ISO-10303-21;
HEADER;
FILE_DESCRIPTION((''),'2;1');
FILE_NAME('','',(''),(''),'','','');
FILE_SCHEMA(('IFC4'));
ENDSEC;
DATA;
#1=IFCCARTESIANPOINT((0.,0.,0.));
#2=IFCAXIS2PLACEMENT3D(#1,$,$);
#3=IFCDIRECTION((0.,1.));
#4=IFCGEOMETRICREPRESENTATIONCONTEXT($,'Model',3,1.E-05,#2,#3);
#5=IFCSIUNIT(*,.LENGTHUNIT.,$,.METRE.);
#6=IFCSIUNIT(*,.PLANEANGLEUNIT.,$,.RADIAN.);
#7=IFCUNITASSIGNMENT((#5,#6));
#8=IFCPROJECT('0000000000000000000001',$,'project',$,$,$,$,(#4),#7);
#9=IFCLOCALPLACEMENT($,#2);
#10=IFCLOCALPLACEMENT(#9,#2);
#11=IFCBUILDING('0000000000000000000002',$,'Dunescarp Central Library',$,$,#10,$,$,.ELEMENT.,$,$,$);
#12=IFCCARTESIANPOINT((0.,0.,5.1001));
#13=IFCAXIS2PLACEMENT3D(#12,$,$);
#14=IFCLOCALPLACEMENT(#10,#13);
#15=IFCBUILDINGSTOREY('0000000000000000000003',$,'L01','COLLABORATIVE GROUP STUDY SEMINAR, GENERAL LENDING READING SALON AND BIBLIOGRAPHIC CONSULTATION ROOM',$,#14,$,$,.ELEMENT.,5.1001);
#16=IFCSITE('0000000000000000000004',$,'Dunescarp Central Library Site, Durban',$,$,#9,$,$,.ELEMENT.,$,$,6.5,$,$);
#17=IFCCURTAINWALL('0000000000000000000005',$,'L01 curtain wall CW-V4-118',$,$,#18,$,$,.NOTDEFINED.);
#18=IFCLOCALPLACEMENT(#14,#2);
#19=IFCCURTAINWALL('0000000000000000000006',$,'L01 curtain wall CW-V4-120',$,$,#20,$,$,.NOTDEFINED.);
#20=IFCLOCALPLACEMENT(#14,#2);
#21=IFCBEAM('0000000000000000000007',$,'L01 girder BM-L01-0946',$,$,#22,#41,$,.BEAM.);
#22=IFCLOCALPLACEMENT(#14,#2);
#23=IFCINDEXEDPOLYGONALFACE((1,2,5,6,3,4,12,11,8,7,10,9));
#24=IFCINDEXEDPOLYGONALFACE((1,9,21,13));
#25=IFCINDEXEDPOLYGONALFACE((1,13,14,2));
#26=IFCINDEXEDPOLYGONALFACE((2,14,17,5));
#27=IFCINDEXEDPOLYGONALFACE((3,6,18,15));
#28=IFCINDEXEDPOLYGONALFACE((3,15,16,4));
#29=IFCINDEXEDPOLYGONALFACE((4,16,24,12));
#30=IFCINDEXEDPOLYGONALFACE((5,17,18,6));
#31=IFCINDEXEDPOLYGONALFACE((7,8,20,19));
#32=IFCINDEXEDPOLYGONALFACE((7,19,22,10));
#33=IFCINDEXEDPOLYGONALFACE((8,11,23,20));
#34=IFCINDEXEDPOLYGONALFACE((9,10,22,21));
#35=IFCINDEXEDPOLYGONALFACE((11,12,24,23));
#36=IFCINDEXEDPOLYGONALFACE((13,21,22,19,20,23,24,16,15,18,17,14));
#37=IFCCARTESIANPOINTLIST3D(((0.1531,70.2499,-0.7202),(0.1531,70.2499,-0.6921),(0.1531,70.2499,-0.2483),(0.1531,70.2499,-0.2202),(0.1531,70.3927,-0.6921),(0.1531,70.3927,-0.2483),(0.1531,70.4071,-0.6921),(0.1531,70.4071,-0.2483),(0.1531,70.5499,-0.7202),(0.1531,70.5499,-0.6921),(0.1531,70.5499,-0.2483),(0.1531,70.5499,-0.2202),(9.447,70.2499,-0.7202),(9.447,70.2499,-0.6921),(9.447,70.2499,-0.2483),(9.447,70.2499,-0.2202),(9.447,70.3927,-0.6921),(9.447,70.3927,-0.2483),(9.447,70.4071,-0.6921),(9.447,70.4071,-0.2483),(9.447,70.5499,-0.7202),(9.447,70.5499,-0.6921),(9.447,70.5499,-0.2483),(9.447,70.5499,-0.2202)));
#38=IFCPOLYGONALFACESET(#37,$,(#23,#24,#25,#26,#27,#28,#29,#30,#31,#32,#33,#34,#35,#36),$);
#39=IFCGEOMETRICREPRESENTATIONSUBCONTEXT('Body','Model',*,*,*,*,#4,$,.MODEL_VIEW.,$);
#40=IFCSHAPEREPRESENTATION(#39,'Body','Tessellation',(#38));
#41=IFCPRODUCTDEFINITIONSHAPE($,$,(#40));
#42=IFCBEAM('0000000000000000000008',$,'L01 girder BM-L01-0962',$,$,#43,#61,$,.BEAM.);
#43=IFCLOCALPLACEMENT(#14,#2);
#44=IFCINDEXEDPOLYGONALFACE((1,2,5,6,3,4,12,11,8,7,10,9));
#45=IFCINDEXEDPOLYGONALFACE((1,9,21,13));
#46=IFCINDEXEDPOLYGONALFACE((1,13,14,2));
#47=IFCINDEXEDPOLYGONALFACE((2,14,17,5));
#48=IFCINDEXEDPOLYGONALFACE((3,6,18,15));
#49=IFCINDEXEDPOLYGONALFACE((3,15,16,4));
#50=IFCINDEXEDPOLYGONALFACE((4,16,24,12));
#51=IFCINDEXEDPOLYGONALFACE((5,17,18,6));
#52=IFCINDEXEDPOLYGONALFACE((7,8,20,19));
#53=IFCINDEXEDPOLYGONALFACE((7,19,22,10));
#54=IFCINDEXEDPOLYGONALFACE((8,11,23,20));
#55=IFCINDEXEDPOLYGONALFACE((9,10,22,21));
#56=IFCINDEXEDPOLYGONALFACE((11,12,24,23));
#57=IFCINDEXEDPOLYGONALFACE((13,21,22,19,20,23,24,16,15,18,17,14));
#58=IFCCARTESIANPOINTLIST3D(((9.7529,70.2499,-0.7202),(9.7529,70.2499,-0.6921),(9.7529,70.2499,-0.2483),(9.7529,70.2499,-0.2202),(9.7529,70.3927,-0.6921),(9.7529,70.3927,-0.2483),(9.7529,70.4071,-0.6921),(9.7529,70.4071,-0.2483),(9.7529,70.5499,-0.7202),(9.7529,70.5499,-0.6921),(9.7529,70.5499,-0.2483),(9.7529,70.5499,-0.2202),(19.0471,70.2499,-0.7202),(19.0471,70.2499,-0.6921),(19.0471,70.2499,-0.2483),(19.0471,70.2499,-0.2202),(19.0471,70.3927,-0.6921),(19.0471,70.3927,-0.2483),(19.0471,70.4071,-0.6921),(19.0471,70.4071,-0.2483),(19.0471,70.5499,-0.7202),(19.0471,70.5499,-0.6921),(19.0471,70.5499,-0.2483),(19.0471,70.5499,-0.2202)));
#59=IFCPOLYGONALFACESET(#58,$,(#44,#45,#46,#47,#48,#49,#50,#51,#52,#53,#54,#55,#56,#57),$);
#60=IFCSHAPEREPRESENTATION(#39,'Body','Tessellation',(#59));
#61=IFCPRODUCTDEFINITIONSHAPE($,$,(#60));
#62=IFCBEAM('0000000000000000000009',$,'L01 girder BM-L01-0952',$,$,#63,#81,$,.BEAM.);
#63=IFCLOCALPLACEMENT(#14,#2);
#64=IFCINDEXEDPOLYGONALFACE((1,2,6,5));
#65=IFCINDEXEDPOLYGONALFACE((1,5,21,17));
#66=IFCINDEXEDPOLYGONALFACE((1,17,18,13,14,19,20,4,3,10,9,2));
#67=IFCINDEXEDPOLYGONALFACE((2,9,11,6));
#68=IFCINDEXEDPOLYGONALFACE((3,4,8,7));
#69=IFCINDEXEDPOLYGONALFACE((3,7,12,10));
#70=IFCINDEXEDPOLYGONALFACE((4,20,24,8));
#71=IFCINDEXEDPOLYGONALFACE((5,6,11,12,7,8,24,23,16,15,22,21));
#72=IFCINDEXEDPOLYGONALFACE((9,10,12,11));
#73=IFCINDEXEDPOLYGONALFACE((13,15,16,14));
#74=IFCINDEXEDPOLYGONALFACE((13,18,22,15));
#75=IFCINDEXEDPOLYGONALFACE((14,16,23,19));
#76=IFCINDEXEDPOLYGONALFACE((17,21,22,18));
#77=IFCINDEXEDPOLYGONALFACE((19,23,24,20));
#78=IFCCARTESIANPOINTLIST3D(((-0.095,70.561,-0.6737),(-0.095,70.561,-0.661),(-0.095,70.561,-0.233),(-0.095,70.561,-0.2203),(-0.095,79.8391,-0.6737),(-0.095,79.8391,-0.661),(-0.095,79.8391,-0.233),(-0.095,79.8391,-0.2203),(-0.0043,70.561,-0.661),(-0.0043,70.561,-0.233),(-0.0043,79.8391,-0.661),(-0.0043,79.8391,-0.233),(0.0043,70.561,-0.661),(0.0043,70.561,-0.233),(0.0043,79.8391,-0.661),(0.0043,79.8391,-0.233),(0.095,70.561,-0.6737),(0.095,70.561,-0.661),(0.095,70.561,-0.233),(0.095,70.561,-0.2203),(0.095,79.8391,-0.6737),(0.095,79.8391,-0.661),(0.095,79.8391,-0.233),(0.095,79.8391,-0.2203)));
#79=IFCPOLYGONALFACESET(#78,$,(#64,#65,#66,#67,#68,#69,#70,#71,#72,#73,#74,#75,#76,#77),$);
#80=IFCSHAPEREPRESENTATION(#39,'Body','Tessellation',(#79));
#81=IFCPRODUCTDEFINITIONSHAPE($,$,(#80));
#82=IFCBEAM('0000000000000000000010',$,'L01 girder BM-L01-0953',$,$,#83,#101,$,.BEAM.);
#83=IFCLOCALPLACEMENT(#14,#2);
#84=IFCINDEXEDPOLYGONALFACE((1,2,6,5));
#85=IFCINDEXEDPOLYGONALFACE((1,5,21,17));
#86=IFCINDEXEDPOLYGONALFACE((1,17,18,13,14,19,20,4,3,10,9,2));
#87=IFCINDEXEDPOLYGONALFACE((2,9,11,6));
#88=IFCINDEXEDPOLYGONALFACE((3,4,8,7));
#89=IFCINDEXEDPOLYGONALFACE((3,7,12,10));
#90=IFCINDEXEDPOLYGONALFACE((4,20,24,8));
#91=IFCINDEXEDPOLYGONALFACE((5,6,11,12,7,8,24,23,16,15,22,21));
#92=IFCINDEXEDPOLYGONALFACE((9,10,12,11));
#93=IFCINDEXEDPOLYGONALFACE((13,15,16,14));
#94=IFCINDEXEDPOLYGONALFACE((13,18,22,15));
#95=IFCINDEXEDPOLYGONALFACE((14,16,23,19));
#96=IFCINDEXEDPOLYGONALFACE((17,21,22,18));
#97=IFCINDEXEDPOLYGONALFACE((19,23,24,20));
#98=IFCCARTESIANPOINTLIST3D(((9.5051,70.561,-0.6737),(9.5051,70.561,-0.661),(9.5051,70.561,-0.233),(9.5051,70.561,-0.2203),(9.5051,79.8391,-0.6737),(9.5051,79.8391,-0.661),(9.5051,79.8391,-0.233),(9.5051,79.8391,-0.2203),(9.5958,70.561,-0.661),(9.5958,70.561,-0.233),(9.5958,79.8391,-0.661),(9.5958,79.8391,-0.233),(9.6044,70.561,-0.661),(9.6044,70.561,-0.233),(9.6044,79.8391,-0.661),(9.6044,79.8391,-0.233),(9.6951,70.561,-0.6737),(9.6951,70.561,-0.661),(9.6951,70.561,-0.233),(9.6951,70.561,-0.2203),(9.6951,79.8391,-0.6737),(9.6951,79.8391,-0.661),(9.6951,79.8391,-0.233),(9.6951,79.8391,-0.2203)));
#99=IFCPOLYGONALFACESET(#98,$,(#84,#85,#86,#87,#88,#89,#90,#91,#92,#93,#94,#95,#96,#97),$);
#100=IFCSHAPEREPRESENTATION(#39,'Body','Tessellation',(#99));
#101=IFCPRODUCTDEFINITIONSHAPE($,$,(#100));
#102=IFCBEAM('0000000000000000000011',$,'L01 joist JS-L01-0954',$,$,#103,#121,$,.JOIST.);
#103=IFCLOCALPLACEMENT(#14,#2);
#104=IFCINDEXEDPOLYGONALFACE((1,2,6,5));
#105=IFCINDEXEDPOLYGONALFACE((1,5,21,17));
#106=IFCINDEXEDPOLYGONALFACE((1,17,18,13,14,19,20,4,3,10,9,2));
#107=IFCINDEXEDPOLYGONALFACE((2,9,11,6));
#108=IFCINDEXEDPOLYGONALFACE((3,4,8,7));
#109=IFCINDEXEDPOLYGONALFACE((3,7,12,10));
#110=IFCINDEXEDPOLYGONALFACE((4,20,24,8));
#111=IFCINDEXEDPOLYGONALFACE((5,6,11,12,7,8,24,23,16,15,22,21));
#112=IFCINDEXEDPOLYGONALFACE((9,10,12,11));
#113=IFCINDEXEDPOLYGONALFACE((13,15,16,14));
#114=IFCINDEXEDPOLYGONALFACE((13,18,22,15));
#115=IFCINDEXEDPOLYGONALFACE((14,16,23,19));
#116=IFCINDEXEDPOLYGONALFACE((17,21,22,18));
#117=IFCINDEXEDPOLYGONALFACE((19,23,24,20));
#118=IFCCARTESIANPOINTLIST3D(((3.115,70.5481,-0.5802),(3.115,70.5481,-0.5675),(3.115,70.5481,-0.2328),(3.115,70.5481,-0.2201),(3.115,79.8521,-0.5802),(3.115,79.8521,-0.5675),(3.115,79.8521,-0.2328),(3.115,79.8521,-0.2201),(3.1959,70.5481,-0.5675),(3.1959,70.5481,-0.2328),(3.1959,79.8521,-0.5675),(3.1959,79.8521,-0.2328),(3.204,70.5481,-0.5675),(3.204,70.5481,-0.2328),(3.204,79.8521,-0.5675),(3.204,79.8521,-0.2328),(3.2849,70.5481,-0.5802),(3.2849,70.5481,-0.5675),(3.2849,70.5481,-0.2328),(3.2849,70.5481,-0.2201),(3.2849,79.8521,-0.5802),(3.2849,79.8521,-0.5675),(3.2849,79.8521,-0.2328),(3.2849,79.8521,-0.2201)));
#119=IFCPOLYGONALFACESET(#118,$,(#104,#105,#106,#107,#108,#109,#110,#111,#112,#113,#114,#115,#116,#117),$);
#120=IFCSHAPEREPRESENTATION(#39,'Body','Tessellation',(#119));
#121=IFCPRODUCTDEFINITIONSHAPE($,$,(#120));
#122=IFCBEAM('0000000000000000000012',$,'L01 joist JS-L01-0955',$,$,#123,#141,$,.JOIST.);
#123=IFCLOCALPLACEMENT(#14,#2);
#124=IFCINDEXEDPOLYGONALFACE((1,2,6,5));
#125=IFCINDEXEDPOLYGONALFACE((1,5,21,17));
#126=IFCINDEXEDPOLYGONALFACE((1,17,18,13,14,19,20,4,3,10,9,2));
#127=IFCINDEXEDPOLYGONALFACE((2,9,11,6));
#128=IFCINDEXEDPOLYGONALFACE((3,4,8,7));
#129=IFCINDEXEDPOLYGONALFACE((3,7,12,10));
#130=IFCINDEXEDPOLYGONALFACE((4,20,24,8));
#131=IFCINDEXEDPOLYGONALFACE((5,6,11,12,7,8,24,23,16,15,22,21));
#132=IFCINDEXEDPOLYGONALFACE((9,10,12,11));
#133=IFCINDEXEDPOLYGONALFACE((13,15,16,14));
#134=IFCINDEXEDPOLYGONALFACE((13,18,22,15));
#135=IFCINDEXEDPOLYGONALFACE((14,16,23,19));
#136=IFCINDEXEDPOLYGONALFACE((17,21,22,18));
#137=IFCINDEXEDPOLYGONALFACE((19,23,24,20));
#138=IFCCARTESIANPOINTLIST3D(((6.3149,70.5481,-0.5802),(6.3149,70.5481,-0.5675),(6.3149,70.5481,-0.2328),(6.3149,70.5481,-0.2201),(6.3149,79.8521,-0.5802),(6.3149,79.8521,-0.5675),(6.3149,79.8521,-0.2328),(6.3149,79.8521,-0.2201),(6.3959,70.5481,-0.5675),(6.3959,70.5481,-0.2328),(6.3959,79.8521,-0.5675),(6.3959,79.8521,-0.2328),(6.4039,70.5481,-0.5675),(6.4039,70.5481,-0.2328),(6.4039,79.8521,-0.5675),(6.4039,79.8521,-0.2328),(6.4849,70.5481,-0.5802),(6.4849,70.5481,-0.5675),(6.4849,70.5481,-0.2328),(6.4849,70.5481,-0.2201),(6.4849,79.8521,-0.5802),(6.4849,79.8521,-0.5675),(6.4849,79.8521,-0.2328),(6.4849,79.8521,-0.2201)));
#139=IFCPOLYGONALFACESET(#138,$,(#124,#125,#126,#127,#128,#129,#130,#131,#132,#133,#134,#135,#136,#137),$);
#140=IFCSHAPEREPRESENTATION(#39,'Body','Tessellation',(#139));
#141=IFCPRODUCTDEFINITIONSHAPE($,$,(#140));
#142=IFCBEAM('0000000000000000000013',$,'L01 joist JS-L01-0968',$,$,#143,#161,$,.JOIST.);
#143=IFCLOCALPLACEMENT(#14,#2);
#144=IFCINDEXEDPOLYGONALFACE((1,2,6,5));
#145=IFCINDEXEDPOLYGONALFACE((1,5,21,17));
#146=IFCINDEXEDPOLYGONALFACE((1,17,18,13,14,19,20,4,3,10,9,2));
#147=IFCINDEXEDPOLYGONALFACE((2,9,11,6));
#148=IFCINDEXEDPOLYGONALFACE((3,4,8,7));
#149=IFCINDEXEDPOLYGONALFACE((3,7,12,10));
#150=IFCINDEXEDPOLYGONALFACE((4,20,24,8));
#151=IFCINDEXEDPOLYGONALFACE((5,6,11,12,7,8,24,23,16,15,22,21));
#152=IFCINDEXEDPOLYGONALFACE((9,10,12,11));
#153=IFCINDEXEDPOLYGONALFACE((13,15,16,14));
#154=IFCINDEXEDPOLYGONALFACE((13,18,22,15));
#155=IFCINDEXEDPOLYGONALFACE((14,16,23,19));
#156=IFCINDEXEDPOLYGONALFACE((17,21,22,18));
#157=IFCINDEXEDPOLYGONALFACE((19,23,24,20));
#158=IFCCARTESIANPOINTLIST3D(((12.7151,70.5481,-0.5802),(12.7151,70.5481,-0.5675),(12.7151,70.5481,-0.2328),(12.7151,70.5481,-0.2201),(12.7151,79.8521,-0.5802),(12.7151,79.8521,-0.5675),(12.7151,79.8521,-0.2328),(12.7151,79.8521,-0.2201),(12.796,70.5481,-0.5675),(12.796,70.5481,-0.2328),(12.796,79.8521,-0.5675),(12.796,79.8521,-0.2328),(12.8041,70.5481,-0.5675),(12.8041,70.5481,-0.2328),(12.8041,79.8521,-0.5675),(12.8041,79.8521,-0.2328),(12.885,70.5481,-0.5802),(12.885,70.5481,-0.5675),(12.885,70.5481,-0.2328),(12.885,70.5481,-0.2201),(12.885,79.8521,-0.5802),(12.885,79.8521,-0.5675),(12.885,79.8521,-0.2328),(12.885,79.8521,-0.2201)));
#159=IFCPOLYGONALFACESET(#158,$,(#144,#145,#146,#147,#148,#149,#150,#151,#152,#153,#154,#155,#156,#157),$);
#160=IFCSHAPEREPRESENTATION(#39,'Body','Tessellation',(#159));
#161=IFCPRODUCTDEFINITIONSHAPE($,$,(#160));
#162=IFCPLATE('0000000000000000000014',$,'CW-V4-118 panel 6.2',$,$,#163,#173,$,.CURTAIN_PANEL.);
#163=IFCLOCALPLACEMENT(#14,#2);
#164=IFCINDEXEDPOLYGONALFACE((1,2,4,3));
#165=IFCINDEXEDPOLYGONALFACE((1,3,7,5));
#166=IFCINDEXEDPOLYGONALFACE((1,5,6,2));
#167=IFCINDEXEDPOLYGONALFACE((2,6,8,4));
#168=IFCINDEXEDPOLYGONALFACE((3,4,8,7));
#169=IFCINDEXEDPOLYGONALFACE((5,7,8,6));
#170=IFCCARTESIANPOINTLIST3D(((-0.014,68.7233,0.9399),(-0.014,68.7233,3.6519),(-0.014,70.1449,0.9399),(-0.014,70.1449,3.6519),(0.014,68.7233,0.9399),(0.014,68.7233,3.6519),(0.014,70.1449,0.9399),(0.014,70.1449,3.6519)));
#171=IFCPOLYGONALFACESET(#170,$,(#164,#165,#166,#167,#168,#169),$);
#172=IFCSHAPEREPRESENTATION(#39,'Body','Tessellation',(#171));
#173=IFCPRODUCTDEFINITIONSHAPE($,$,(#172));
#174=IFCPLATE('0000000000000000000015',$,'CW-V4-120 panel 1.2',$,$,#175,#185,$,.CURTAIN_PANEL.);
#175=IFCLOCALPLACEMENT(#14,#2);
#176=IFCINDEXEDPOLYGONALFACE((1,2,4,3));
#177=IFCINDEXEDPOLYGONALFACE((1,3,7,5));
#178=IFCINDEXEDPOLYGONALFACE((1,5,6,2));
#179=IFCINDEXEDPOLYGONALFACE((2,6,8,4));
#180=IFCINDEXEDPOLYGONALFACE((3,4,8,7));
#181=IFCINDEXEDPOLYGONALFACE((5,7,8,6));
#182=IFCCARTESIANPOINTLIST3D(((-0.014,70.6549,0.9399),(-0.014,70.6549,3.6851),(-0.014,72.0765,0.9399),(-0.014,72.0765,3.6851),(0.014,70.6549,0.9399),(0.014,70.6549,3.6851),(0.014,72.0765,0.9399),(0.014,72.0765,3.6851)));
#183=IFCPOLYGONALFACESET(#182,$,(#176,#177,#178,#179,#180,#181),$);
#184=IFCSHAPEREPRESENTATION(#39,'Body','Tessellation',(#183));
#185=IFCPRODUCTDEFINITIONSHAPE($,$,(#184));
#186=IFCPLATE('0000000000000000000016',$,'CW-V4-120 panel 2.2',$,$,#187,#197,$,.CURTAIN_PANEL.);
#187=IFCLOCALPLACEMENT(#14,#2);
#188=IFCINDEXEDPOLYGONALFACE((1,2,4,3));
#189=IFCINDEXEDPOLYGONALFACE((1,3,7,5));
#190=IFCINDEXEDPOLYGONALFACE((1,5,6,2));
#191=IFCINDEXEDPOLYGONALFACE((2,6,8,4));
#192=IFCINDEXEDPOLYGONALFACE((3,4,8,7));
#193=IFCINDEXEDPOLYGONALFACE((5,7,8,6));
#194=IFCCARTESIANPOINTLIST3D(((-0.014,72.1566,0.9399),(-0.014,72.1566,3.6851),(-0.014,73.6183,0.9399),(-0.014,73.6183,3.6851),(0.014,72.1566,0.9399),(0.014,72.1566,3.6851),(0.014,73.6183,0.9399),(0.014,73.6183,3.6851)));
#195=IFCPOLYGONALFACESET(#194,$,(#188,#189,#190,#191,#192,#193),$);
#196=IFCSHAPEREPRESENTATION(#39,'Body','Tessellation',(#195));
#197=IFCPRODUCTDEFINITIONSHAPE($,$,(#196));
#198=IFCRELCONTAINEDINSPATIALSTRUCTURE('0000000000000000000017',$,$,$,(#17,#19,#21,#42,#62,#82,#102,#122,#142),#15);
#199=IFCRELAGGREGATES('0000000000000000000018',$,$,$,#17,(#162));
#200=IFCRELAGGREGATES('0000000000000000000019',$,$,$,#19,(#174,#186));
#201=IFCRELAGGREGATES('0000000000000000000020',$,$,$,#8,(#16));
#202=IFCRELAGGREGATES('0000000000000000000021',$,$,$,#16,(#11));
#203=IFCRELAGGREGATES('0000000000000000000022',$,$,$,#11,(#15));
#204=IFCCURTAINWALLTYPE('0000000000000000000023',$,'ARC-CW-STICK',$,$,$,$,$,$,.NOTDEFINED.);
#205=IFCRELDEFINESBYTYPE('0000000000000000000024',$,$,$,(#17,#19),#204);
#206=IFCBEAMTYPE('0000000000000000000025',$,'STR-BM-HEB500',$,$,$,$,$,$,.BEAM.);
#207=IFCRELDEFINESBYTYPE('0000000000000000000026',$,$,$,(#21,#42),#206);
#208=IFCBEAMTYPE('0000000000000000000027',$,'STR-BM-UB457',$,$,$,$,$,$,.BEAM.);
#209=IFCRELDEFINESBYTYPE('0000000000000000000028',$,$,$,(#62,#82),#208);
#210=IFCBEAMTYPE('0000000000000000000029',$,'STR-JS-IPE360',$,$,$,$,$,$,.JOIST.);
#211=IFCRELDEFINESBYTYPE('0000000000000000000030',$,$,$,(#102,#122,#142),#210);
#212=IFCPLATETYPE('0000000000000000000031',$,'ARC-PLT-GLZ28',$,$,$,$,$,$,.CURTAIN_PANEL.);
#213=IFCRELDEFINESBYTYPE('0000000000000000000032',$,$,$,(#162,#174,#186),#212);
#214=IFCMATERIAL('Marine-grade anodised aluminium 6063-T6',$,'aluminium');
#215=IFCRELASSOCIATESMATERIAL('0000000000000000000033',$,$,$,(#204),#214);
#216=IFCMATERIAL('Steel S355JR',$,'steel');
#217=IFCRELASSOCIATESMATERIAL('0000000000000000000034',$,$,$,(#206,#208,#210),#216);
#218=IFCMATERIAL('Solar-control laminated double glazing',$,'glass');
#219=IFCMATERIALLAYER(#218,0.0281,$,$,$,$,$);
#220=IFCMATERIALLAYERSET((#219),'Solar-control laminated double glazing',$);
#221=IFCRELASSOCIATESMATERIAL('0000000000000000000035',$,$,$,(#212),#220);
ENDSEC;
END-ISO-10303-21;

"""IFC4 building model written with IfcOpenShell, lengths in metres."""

from ifc_helpers import new_model, si_unit, direction, frame, origin, origin_2d, place, context, subcontext, project, spatial, rectangle, i_section, extrude, material, layer, layer_set, material_profile, profile_set, type_object, element, aggregate, save


model = new_model("IFC4")

# Units and contexts
model_context = context("Model", 3, precision=1e-05, world=origin(), true_north=direction((0.0, 1.0)))
body_context = subcontext(model_context, "Body", "Model", "MODEL_VIEW")
ifc_project = project(units=[si_unit("LENGTHUNIT", "METRE"), si_unit("PLANEANGLEUNIT", "RADIAN")], contexts=[model_context])

# Site, building, storey
site_placement = place(None, origin())
site = spatial("IfcSite", under=ifc_project, at=site_placement, Name="Dunescarp Central Library Site, Durban", CompositionType="ELEMENT", RefElevation=6.5)
building_placement = place(site_placement, origin())
building = spatial("IfcBuilding", under=site, at=building_placement, Name="Dunescarp Central Library", CompositionType="ELEMENT")
storey_placement = place(building_placement, frame((0.0, 0.0, 5.1001)))
storey = spatial("IfcBuildingStorey", under=building, at=storey_placement, Name="L01", Description="COLLABORATIVE GROUP STUDY SEMINAR, GENERAL LENDING READING SALON AND BIBLIOGRAPHIC CONSULTATION ROOM", CompositionType="ELEMENT", Elevation=5.1001)

# Shared definitions
ifc_material_1 = material(Name="Steel S355JR", Category="steel")

# Curtain wall
ifc_material_2 = material(Name="Marine-grade anodised aluminium 6063-T6", Category="aluminium")
curtain_wall_type = type_object("IfcCurtainWallType", Name="ARC-CW-STICK", PredefinedType="NOTDEFINED", material=ifc_material_2)
curtain_wall_1_placement = place(storey_placement, origin())
curtain_wall_1 = element("IfcCurtainWall", 1, at=curtain_wall_1_placement, inside=storey, type_object=curtain_wall_type, Name="L01 curtain wall CW-V4-118", PredefinedType="NOTDEFINED")

# Curtain wall
curtain_wall_2_placement = place(storey_placement, origin())
curtain_wall_2 = element("IfcCurtainWall", 2, at=curtain_wall_2_placement, inside=storey, type_object=curtain_wall_type, Name="L01 curtain wall CW-V4-120", PredefinedType="NOTDEFINED")

# Beams
ifc_material_profile_1 = material_profile(ifc_material_1, i_section(OverallWidth=0.3, OverallDepth=0.5, WebThickness=0.0144, FlangeThickness=0.0281, at=origin_2d()), Name="HEB 500")
ifc_profile_set_1 = profile_set([ifc_material_profile_1], Name="Steel S355JR")
beam_type_1 = type_object("IfcBeamType", Name="STR-BM-HEB500", PredefinedType="BEAM", material=ifc_profile_set_1)
beam_1_placement = place(storey_placement, frame((0.1531, 70.3999, -0.4702), z_axis=(1.0, 0.0, 0.0), x_axis=(0.0, 1.0, 0.0)))
element("IfcBeam", 3, at=beam_1_placement, inside=storey, type_object=beam_type_1, Name="L01 girder BM-L01-0946", PredefinedType="BEAM", context=body_context, shape_type="SweptSolid", body=[
    extrude(i_section(OverallWidth=0.3, OverallDepth=0.5, WebThickness=0.0144, FlangeThickness=0.0281, at=origin_2d()), origin(), (0.0, 0.0, 1.0), 9.2939),
])
beam_2_placement = place(storey_placement, frame((9.7529, 70.3999, -0.4702), z_axis=(1.0, 0.0, 0.0), x_axis=(0.0, 1.0, 0.0)))
element("IfcBeam", 4, at=beam_2_placement, inside=storey, type_object=beam_type_1, Name="L01 girder BM-L01-0962", PredefinedType="BEAM", context=body_context, shape_type="SweptSolid", body=[
    extrude(i_section(OverallWidth=0.3, OverallDepth=0.5, WebThickness=0.0144, FlangeThickness=0.0281, at=origin_2d()), origin(), (0.0, 0.0, 1.0), 9.2942),
])
ifc_material_profile_2 = material_profile(ifc_material_1, i_section(OverallWidth=0.1899, OverallDepth=0.4534, WebThickness=0.0085, FlangeThickness=0.0127, at=origin_2d()), Name="UB 457x191x67")
ifc_profile_set_2 = profile_set([ifc_material_profile_2], Name="Steel S355JR")
beam_type_2 = type_object("IfcBeamType", Name="STR-BM-UB457", PredefinedType="BEAM", material=ifc_profile_set_2)
for number, where, z_axis, x_axis, name in (
    (5, (0.0, 70.561, -0.447), (0.0, 1.0, 0.0), (-1.0, 0.0, 0.0), "L01 girder BM-L01-0952"),
    (6, (9.6001, 70.561, -0.447), (0.0, 1.0, 0.0), (-1.0, 0.0, 0.0), "L01 girder BM-L01-0953"),
):
    element("IfcBeam", number, at=place(storey_placement, frame(where, z_axis=z_axis, x_axis=x_axis)), inside=storey, type_object=beam_type_2, Name=name, PredefinedType="BEAM", context=body_context, shape_type="SweptSolid", body=[
        extrude(i_section(OverallWidth=0.1899, OverallDepth=0.4534, WebThickness=0.0085, FlangeThickness=0.0127, at=origin_2d()), origin(), (0.0, 0.0, 1.0), 9.2781),
    ])
ifc_material_profile_3 = material_profile(ifc_material_1, i_section(OverallWidth=0.1699, OverallDepth=0.3601, WebThickness=0.0081, FlangeThickness=0.0127, at=origin_2d()), Name="IPE 360")
ifc_profile_set_3 = profile_set([ifc_material_profile_3], Name="Steel S355JR")
beam_type_3 = type_object("IfcBeamType", Name="STR-JS-IPE360", PredefinedType="JOIST", material=ifc_profile_set_3)
for number, where, z_axis, x_axis, name in (
    (7, (3.2, 70.5481, -0.4001), (0.0, 1.0, 0.0), (-1.0, 0.0, 0.0), "L01 joist JS-L01-0954"),
    (8, (6.3999, 70.5481, -0.4001), (0.0, 1.0, 0.0), (-1.0, 0.0, 0.0), "L01 joist JS-L01-0955"),
    (9, (12.8, 70.5481, -0.4001), (0.0, 1.0, 0.0), (-1.0, 0.0, 0.0), "L01 joist JS-L01-0968"),
):
    element("IfcBeam", number, at=place(storey_placement, frame(where, z_axis=z_axis, x_axis=x_axis)), inside=storey, type_object=beam_type_3, Name=name, PredefinedType="JOIST", context=body_context, shape_type="SweptSolid", body=[
        extrude(i_section(OverallWidth=0.1699, OverallDepth=0.3601, WebThickness=0.0081, FlangeThickness=0.0127, at=origin_2d()), origin(), (0.0, 0.0, 1.0), 9.304),
    ])

# Plates
ifc_material_3 = material(Name="Solar-control laminated double glazing", Category="glass")
ifc_layer_1 = layer(ifc_material_3, 0.0281)
ifc_layer_set_1 = layer_set([ifc_layer_1], Name="Solar-control laminated double glazing")
plate_type_1 = type_object("IfcPlateType", Name="ARC-PLT-GLZ28", PredefinedType="CURTAIN_PANEL", material=ifc_layer_set_1)
plate_1_placement = place(storey_placement, frame((0.0, 69.4341, 0.9399), z_axis=(0.0, 0.0, 1.0), x_axis=(0.0, 1.0, 0.0)))
plate_1 = element("IfcPlate", 10, at=plate_1_placement, type_object=plate_type_1, Name="CW-V4-118 panel 6.2", PredefinedType="CURTAIN_PANEL", context=body_context, shape_type="SweptSolid", body=[
    extrude(rectangle(XDim=1.4216, YDim=0.0281, at=origin_2d()), origin(), (0.0, 0.0, 1.0), 2.7119),
])
plate_2_placement = place(storey_placement, frame((0.0, 71.3657, 0.9399), z_axis=(0.0, 0.0, 1.0), x_axis=(0.0, 1.0, 0.0)))
plate_2 = element("IfcPlate", 11, at=plate_2_placement, type_object=plate_type_1, Name="CW-V4-120 panel 1.2", PredefinedType="CURTAIN_PANEL", context=body_context, shape_type="SweptSolid", body=[
    extrude(rectangle(XDim=1.4216, YDim=0.0281, at=origin_2d()), origin(), (0.0, 0.0, 1.0), 2.7451),
])
plate_3_placement = place(storey_placement, frame((0.0, 72.8875, 0.9399), z_axis=(0.0, 0.0, 1.0), x_axis=(0.0, 1.0, 0.0)))
plate_3 = element("IfcPlate", 12, at=plate_3_placement, type_object=plate_type_1, Name="CW-V4-120 panel 2.2", PredefinedType="CURTAIN_PANEL", context=body_context, shape_type="SweptSolid", body=[
    extrude(rectangle(XDim=1.4617, YDim=0.0281, at=origin_2d()), origin(), (0.0, 0.0, 1.0), 2.7451),
])
aggregate(curtain_wall_1, [plate_1])
aggregate(curtain_wall_2, [plate_2, plate_3])

save(model, "model.ifc")
